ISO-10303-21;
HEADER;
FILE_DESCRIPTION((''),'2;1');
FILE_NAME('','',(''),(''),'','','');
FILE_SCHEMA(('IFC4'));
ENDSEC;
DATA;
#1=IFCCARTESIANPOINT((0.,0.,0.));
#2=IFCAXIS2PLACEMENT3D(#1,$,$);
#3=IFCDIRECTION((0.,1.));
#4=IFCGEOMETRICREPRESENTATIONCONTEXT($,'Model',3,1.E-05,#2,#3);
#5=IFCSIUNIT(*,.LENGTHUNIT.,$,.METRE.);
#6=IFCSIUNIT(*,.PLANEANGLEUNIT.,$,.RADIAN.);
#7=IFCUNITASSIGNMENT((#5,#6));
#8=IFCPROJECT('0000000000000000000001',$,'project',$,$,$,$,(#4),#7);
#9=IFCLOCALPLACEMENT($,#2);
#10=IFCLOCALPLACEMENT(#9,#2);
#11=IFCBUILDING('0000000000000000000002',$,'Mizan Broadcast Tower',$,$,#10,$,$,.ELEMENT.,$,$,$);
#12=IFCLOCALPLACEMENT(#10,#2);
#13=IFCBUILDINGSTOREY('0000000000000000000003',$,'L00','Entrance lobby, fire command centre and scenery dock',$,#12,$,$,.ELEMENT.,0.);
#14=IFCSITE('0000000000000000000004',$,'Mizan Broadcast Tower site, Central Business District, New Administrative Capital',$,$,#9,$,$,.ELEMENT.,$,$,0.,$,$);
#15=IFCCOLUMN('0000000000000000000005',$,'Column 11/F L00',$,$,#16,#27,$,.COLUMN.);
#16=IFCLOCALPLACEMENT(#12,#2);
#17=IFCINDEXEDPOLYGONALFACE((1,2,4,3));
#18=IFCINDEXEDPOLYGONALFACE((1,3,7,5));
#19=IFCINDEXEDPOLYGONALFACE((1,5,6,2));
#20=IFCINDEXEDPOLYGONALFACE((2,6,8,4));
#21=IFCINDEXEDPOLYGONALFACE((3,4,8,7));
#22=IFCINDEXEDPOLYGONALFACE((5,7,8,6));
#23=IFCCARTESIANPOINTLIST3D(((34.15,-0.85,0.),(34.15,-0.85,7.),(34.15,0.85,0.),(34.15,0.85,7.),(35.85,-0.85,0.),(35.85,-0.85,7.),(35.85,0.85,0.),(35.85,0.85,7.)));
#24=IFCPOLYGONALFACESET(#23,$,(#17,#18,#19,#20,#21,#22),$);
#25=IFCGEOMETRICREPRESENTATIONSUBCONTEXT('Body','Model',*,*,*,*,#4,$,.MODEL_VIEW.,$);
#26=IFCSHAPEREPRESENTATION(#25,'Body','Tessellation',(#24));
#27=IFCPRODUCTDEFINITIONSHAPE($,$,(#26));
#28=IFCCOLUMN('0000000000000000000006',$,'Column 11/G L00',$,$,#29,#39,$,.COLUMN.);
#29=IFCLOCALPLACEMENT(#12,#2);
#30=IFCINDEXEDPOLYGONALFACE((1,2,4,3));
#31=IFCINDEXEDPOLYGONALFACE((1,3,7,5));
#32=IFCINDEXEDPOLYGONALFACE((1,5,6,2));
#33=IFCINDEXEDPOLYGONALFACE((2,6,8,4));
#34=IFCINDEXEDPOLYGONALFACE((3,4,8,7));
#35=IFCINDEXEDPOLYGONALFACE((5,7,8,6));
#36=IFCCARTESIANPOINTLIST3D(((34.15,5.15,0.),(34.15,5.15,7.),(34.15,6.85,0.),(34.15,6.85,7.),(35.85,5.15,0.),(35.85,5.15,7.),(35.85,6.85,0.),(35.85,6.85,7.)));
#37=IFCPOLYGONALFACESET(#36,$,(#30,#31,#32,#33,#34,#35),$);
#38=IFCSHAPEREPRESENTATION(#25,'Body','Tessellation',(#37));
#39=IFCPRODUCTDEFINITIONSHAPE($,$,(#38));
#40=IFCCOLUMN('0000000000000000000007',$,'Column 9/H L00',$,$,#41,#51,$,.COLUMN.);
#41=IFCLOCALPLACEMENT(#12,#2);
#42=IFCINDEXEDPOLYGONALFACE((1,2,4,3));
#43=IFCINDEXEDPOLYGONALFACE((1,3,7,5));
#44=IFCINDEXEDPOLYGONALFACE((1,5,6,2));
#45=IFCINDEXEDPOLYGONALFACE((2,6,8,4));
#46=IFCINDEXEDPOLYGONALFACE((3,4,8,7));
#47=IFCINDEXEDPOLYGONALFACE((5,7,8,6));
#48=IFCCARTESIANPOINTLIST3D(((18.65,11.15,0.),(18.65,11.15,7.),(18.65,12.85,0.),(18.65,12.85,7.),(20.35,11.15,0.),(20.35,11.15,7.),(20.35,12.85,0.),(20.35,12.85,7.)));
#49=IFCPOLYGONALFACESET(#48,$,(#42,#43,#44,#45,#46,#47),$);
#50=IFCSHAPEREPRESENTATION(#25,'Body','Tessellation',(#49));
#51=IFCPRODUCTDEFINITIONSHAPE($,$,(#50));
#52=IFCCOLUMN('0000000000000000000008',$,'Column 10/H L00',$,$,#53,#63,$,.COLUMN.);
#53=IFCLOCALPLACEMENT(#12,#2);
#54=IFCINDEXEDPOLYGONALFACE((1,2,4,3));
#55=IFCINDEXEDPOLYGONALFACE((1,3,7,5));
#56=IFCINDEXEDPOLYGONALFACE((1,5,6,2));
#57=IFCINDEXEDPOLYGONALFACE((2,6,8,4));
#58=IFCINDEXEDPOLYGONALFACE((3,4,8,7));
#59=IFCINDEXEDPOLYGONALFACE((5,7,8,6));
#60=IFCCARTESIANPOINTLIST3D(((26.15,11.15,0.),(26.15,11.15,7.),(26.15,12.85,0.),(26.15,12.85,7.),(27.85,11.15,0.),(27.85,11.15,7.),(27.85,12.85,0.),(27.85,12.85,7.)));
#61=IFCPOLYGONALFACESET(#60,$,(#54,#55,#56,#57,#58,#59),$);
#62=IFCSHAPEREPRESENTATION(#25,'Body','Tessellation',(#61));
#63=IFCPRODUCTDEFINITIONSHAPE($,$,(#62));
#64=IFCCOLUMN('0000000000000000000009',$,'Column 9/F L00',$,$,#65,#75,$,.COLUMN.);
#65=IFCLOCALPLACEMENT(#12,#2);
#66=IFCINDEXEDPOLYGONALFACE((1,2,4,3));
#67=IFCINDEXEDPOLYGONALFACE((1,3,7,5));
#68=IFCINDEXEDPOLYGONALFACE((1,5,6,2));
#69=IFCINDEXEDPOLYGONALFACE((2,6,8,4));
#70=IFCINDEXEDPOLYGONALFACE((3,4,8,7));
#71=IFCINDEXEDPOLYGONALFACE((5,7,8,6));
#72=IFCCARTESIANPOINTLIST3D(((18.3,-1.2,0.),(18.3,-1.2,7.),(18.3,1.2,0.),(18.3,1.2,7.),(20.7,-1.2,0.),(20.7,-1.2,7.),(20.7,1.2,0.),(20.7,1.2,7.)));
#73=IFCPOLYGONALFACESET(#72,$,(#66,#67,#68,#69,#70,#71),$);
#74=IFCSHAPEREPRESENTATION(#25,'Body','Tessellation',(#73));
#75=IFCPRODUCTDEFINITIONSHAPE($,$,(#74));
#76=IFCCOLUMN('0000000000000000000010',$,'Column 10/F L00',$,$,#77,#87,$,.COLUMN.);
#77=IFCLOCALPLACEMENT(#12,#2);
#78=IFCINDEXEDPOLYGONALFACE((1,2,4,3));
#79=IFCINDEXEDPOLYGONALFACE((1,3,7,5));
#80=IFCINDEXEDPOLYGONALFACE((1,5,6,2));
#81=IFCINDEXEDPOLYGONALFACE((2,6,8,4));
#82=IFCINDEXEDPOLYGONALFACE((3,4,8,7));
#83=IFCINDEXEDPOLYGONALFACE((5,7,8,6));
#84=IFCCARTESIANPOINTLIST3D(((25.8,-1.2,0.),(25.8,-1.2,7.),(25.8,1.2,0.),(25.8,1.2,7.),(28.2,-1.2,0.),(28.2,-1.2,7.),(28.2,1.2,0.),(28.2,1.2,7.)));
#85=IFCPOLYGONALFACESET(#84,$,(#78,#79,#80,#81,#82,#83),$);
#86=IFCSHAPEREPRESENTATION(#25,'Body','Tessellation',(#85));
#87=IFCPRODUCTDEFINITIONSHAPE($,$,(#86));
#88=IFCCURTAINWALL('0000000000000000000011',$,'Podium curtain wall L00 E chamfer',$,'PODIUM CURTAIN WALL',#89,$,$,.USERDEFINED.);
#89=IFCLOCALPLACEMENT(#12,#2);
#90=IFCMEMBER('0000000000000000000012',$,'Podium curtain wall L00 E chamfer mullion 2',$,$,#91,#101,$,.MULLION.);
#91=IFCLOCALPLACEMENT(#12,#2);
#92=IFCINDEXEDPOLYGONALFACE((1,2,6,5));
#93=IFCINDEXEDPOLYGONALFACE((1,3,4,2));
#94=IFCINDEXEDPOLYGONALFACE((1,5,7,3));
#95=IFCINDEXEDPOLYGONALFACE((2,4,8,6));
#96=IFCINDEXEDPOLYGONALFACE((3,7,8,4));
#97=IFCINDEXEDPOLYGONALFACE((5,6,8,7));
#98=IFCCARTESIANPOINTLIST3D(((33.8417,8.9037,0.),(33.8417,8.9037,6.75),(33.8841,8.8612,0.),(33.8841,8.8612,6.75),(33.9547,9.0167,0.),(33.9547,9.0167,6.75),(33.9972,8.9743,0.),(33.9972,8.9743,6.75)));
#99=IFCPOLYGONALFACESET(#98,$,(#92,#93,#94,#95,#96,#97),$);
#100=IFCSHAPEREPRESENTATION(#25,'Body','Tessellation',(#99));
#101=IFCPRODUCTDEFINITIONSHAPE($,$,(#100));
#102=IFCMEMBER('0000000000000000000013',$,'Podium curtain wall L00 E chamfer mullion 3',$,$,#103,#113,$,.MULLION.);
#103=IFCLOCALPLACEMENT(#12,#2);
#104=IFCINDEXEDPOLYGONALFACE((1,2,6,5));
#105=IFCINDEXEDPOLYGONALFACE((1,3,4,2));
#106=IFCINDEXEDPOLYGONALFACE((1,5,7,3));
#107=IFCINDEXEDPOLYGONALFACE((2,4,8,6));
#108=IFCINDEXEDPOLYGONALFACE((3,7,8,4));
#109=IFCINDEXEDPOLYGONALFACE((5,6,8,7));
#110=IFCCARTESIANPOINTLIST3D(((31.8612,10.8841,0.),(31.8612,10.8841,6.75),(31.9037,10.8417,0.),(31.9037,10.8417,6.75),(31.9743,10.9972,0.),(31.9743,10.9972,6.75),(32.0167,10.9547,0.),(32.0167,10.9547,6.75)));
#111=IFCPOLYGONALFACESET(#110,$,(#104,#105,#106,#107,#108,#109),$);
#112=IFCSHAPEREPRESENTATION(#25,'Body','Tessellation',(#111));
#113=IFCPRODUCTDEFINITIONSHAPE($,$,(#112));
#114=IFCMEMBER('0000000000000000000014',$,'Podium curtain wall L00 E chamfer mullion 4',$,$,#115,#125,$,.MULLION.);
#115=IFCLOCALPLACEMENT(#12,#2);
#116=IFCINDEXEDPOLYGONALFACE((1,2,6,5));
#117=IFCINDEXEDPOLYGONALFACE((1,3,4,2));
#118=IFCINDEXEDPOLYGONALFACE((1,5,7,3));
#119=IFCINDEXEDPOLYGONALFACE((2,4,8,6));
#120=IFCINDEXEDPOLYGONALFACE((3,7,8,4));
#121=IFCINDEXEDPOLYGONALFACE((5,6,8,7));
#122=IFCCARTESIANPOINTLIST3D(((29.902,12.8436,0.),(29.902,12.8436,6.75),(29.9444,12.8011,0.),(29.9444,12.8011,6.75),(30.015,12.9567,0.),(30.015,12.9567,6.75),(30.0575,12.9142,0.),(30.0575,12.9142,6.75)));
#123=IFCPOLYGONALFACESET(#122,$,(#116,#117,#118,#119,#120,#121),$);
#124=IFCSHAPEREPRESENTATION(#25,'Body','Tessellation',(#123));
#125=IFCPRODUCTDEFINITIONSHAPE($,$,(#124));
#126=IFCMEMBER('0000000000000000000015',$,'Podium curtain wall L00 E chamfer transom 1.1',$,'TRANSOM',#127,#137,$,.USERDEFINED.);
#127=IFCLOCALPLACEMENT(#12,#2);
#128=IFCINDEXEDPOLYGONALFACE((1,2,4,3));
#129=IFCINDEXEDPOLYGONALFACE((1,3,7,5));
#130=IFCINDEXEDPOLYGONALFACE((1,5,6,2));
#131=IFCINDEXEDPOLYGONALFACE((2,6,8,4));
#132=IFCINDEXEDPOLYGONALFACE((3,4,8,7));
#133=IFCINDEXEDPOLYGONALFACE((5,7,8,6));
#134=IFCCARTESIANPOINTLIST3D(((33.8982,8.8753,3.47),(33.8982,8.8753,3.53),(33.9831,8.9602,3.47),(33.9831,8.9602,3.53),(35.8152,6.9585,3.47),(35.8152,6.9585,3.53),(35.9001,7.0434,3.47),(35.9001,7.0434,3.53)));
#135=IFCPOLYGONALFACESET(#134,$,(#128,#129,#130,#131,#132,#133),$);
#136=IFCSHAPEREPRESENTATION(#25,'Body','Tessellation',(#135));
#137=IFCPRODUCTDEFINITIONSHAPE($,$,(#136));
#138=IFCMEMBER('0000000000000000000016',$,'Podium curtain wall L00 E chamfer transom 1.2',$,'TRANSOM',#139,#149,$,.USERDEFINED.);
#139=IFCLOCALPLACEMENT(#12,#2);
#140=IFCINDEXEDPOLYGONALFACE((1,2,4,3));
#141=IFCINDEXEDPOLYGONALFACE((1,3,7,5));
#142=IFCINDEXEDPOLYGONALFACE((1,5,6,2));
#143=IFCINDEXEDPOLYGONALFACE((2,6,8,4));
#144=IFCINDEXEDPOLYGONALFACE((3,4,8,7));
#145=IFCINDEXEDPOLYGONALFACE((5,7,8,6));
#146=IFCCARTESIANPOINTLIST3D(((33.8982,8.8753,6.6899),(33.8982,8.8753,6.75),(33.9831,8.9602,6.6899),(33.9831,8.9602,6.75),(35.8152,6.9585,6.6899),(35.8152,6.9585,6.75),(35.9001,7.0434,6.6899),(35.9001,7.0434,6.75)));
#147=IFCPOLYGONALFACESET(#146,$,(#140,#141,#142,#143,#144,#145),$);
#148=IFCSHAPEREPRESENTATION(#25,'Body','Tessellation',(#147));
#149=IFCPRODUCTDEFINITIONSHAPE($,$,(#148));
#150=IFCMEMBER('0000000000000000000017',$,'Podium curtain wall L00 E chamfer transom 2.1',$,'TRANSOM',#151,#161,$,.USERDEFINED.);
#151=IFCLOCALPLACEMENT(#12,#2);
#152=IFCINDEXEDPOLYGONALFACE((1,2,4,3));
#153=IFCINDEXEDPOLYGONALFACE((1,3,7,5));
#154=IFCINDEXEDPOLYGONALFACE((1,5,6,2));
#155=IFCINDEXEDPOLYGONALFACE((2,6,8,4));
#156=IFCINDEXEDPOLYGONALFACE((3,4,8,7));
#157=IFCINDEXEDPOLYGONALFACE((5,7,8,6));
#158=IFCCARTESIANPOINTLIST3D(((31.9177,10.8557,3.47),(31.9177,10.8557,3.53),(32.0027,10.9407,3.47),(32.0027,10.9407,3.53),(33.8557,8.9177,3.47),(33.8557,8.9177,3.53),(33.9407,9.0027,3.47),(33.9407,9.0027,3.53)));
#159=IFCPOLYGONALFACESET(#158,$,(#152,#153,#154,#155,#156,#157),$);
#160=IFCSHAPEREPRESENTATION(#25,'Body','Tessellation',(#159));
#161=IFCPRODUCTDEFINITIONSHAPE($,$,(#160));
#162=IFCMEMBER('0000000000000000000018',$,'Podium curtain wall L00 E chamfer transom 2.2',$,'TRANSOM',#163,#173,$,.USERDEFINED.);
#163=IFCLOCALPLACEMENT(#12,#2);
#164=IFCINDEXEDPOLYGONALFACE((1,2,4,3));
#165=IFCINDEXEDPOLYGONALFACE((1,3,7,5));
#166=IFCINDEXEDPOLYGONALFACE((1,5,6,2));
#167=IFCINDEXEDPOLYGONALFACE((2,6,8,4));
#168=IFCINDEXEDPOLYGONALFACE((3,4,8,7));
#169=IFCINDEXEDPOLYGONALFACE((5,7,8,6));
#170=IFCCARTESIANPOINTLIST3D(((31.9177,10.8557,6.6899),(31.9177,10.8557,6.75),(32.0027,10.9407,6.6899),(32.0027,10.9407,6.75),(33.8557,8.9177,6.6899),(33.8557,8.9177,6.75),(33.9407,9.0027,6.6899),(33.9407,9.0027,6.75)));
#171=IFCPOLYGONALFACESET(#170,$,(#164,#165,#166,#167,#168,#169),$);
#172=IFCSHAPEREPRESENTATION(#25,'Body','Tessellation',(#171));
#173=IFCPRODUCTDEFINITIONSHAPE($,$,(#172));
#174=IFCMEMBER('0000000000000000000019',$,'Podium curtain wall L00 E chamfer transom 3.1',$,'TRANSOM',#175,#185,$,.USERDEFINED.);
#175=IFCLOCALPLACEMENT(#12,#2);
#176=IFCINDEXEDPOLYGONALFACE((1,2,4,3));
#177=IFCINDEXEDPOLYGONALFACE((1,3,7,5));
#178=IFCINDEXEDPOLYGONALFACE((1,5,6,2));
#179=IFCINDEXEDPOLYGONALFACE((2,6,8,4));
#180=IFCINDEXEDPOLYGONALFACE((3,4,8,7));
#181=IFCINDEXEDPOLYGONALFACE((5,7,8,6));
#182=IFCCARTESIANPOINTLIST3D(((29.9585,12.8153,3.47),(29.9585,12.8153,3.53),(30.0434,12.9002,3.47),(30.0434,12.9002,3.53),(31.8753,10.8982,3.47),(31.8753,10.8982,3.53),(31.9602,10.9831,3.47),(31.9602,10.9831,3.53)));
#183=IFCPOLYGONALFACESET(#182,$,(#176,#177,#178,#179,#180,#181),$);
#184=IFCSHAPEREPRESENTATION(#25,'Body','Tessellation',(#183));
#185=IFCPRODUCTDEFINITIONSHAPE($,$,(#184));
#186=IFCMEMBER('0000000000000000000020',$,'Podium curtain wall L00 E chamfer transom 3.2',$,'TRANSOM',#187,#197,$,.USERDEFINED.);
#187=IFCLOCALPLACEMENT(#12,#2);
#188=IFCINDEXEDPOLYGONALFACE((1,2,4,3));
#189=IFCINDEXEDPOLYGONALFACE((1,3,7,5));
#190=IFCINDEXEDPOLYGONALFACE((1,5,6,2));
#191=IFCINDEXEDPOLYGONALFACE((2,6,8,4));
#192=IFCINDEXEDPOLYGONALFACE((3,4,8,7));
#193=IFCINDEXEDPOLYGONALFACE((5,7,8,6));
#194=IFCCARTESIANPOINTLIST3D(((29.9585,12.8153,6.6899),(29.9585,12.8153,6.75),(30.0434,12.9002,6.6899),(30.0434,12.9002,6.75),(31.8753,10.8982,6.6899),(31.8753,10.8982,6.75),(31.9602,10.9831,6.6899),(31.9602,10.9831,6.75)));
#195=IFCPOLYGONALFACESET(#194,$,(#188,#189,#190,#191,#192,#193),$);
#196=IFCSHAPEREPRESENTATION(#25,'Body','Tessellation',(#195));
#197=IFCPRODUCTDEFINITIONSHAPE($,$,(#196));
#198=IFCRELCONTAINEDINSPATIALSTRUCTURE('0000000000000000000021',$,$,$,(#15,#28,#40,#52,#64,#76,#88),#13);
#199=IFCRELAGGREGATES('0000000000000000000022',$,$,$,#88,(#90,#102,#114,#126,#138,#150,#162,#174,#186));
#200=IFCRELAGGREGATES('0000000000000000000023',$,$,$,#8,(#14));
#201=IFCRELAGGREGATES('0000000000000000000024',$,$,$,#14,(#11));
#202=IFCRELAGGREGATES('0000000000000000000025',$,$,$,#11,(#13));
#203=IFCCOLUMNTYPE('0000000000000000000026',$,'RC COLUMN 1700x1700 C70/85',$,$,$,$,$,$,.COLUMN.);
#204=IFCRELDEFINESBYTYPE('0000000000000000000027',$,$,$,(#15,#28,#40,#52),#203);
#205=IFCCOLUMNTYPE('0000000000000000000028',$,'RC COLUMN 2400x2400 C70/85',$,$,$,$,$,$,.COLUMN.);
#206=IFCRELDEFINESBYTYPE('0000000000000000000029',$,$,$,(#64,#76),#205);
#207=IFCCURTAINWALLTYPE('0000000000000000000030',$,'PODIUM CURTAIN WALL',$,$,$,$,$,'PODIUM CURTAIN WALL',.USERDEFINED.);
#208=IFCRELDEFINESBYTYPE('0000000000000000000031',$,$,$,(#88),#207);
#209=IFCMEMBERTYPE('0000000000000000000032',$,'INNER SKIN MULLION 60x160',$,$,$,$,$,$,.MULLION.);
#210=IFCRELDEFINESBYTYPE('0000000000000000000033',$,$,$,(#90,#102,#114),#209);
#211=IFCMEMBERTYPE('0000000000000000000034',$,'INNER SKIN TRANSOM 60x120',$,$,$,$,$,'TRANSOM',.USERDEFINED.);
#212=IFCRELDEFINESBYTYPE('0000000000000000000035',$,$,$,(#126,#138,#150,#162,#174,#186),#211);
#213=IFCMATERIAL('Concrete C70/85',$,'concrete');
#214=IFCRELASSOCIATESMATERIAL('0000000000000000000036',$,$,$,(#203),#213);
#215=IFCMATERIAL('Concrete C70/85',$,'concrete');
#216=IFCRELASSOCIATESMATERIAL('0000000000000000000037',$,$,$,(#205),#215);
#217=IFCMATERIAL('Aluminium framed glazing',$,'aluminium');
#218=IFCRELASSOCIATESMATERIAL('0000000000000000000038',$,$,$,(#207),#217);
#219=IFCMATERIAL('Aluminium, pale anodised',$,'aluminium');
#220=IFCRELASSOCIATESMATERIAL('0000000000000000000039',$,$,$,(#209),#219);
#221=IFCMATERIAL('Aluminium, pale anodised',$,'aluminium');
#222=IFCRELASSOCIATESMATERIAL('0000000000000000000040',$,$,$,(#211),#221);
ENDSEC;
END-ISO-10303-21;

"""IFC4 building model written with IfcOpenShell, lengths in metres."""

from ifc_helpers import new_model, si_unit, direction, frame, origin, origin_2d, place, context, subcontext, project, spatial, rectangle, extrude, material, material_profile, profile_set, type_object, element, aggregate, save


model = new_model("IFC4")

# Units and contexts
model_context = context("Model", 3, precision=1e-05, world=origin(), true_north=direction((0.0, 1.0)))
body_context = subcontext(model_context, "Body", "Model", "MODEL_VIEW")
ifc_project = project(units=[si_unit("LENGTHUNIT", "METRE"), si_unit("PLANEANGLEUNIT", "RADIAN")], contexts=[model_context])

# Site, building, storey
site_placement = place(None, origin())
site = spatial("IfcSite", under=ifc_project, at=site_placement, Name="Mizan Broadcast Tower site, Central Business District, New Administrative Capital", CompositionType="ELEMENT", RefElevation=0.0)
building_placement = place(site_placement, origin())
building = spatial("IfcBuilding", under=site, at=building_placement, Name="Mizan Broadcast Tower", CompositionType="ELEMENT")
storey_placement = place(building_placement, origin())
storey = spatial("IfcBuildingStorey", under=building, at=storey_placement, Name="L00", Description="Entrance lobby, fire command centre and scenery dock", CompositionType="ELEMENT", Elevation=0.0)

# Columns
ifc_material_1 = material(Name="Concrete C70/85", Category="concrete")
ifc_material_profile_1 = material_profile(ifc_material_1, rectangle(XDim=1.7, YDim=1.7, at=origin_2d()), Name="RC 1700x1700")
ifc_profile_set_1 = profile_set([ifc_material_profile_1], Name="Concrete C70/85")
column_type_1 = type_object("IfcColumnType", Name="RC COLUMN 1700x1700 C70/85", PredefinedType="COLUMN", material=ifc_profile_set_1)
for number, where, z_axis, x_axis, name in (
    (1, (35.0, 0.0, 0.0), (0.0, 0.0, 1.0), (1.0, 0.0, 0.0), "Column 11/F L00"),
    (2, (35.0, 6.0, 0.0), (0.0, 0.0, 1.0), (1.0, 0.0, 0.0), "Column 11/G L00"),
    (3, (19.5, 12.0, 0.0), (0.0, 0.0, 1.0), (1.0, 0.0, 0.0), "Column 9/H L00"),
    (4, (27.0, 12.0, 0.0), (0.0, 0.0, 1.0), (1.0, 0.0, 0.0), "Column 10/H L00"),
):
    element("IfcColumn", number, at=place(storey_placement, frame(where, z_axis=z_axis, x_axis=x_axis)), inside=storey, type_object=column_type_1, Name=name, PredefinedType="COLUMN", context=body_context, shape_type="SweptSolid", body=[
        extrude(rectangle(XDim=1.7, YDim=1.7, at=origin_2d()), origin(), (0.0, 0.0, 1.0), 7.0),
    ])
ifc_material_2 = material(Name="Concrete C70/85", Category="concrete")
ifc_material_profile_2 = material_profile(ifc_material_2, rectangle(XDim=2.3999, YDim=2.3999, at=origin_2d()), Name="RC 2400x2400")
ifc_profile_set_2 = profile_set([ifc_material_profile_2], Name="Concrete C70/85")
column_type_2 = type_object("IfcColumnType", Name="RC COLUMN 2400x2400 C70/85", PredefinedType="COLUMN", material=ifc_profile_set_2)
for number, where, z_axis, x_axis, name in (
    (5, (19.5, 0.0, 0.0), (0.0, 0.0, 1.0), (1.0, 0.0, 0.0), "Column 9/F L00"),
    (6, (27.0, 0.0, 0.0), (0.0, 0.0, 1.0), (1.0, 0.0, 0.0), "Column 10/F L00"),
):
    element("IfcColumn", number, at=place(storey_placement, frame(where, z_axis=z_axis, x_axis=x_axis)), inside=storey, type_object=column_type_2, Name=name, PredefinedType="COLUMN", context=body_context, shape_type="SweptSolid", body=[
        extrude(rectangle(XDim=2.3999, YDim=2.3999, at=origin_2d()), origin(), (0.0, 0.0, 1.0), 7.0),
    ])

# Curtain wall, members
ifc_material_3 = material(Name="Aluminium framed glazing", Category="aluminium")
curtain_wall_type = type_object("IfcCurtainWallType", Name="PODIUM CURTAIN WALL", ElementType="PODIUM CURTAIN WALL", PredefinedType="USERDEFINED", material=ifc_material_3)
curtain_wall_placement = place(storey_placement, origin())
curtain_wall = element("IfcCurtainWall", 7, at=curtain_wall_placement, inside=storey, type_object=curtain_wall_type, Name="Podium curtain wall L00 E chamfer", ObjectType="PODIUM CURTAIN WALL", PredefinedType="USERDEFINED")
ifc_material_4 = material(Name="Aluminium, pale anodised", Category="aluminium")
ifc_material_profile_3 = material_profile(ifc_material_4, rectangle(XDim=0.1599, YDim=0.0601, at=origin_2d()), Name="MULLION 160x60")
ifc_profile_set_3 = profile_set([ifc_material_profile_3], Name="Aluminium, pale anodised")
member_type_1 = type_object("IfcMemberType", Name="INNER SKIN MULLION 60x160", PredefinedType="MULLION", material=ifc_profile_set_3)
member_1_placement = place(storey_placement, frame((33.9194, 8.939, 0.0), z_axis=(0.0, 0.0, 1.0), x_axis=(-0.707107, -0.707107, 0.0)))
member_1 = element("IfcMember", 8, at=member_1_placement, type_object=member_type_1, Name="Podium curtain wall L00 E chamfer mullion 2", PredefinedType="MULLION", context=body_context, shape_type="SweptSolid", body=[
    extrude(rectangle(XDim=0.1599, YDim=0.0601, at=origin_2d()), origin(), (0.0, 0.0, 1.0), 6.75),
])
member_2_placement = place(storey_placement, frame((31.939, 10.9194, 0.0), z_axis=(0.0, 0.0, 1.0), x_axis=(-0.707107, -0.707107, 0.0)))
member_2 = element("IfcMember", 9, at=member_2_placement, type_object=member_type_1, Name="Podium curtain wall L00 E chamfer mullion 3", PredefinedType="MULLION", context=body_context, shape_type="SweptSolid", body=[
    extrude(rectangle(XDim=0.1599, YDim=0.0601, at=origin_2d()), origin(), (0.0, 0.0, 1.0), 6.75),
])
member_3_placement = place(storey_placement, frame((29.9797, 12.8789, 0.0), z_axis=(0.0, 0.0, 1.0), x_axis=(-0.707107, -0.707107, 0.0)))
member_3 = element("IfcMember", 10, at=member_3_placement, type_object=member_type_1, Name="Podium curtain wall L00 E chamfer mullion 4", PredefinedType="MULLION", context=body_context, shape_type="SweptSolid", body=[
    extrude(rectangle(XDim=0.1599, YDim=0.0601, at=origin_2d()), origin(), (0.0, 0.0, 1.0), 6.75),
])
ifc_material_5 = material(Name="Aluminium, pale anodised", Category="aluminium")
ifc_material_profile_4 = material_profile(ifc_material_5, rectangle(XDim=0.1201, YDim=0.0601, at=origin_2d()), Name="TRANSOM 120x60")
ifc_profile_set_4 = profile_set([ifc_material_profile_4], Name="Aluminium, pale anodised")
member_type_2 = type_object("IfcMemberType", Name="INNER SKIN TRANSOM 60x120", ElementType="TRANSOM", PredefinedType="USERDEFINED", material=ifc_profile_set_4)
member_4_placement = place(storey_placement, frame((35.8577, 7.001, 3.5), z_axis=(-0.707152, 0.707062, 0.0), x_axis=(-0.707062, -0.707152, 0.0)))
member_4 = element("IfcMember", 11, at=member_4_placement, type_object=member_type_2, Name="Podium curtain wall L00 E chamfer transom 1.1", ObjectType="TRANSOM", PredefinedType="USERDEFINED", context=body_context, shape_type="SweptSolid", body=[
    extrude(rectangle(XDim=0.1201, YDim=0.0601, at=origin_2d()), origin(), (0.0, 0.0, 1.0), 2.7109),
])
member_5_placement = place(storey_placement, frame((35.8577, 7.001, 6.72), z_axis=(-0.707152, 0.707062, 0.0), x_axis=(-0.707062, -0.707152, 0.0)))
member_5 = element("IfcMember", 12, at=member_5_placement, type_object=member_type_2, Name="Podium curtain wall L00 E chamfer transom 1.2", ObjectType="TRANSOM", PredefinedType="USERDEFINED", context=body_context, shape_type="SweptSolid", body=[
    extrude(rectangle(XDim=0.1201, YDim=0.0601, at=origin_2d()), origin(), (0.0, 0.0, 1.0), 2.7109),
])
member_6_placement = place(storey_placement, frame((33.8982, 8.9602, 3.5), z_axis=(-0.707107, 0.707107, 0.0), x_axis=(-0.707107, -0.707107, 0.0)))
member_6 = element("IfcMember", 13, at=member_6_placement, type_object=member_type_2, Name="Podium curtain wall L00 E chamfer transom 2.1", ObjectType="TRANSOM", PredefinedType="USERDEFINED", context=body_context, shape_type="SweptSolid", body=[
    extrude(rectangle(XDim=0.1201, YDim=0.0601, at=origin_2d()), origin(), (0.0, 0.0, 1.0), 2.7407),
])
member_7_placement = place(storey_placement, frame((33.8982, 8.9602, 6.72), z_axis=(-0.707107, 0.707107, 0.0), x_axis=(-0.707107, -0.707107, 0.0)))
member_7 = element("IfcMember", 14, at=member_7_placement, type_object=member_type_2, Name="Podium curtain wall L00 E chamfer transom 2.2", ObjectType="TRANSOM", PredefinedType="USERDEFINED", context=body_context, shape_type="SweptSolid", body=[
    extrude(rectangle(XDim=0.1201, YDim=0.0601, at=origin_2d()), origin(), (0.0, 0.0, 1.0), 2.7407),
])
member_8_placement = place(storey_placement, frame((31.9177, 10.9407, 3.5), z_axis=(-0.707062, 0.707152, 0.0), x_axis=(-0.707152, -0.707062, 0.0)))
member_8 = element("IfcMember", 15, at=member_8_placement, type_object=member_type_2, Name="Podium curtain wall L00 E chamfer transom 3.1", ObjectType="TRANSOM", PredefinedType="USERDEFINED", context=body_context, shape_type="SweptSolid", body=[
    extrude(rectangle(XDim=0.1201, YDim=0.0601, at=origin_2d()), origin(), (0.0, 0.0, 1.0), 2.7109),
])
member_9_placement = place(storey_placement, frame((31.9177, 10.9407, 6.72), z_axis=(-0.707062, 0.707152, 0.0), x_axis=(-0.707152, -0.707062, 0.0)))
member_9 = element("IfcMember", 16, at=member_9_placement, type_object=member_type_2, Name="Podium curtain wall L00 E chamfer transom 3.2", ObjectType="TRANSOM", PredefinedType="USERDEFINED", context=body_context, shape_type="SweptSolid", body=[
    extrude(rectangle(XDim=0.1201, YDim=0.0601, at=origin_2d()), origin(), (0.0, 0.0, 1.0), 2.7109),
])

aggregate(curtain_wall, [member_1, member_2, member_3, member_4, member_5, member_6, member_7, member_8, member_9])

save(model, "model.ifc")
